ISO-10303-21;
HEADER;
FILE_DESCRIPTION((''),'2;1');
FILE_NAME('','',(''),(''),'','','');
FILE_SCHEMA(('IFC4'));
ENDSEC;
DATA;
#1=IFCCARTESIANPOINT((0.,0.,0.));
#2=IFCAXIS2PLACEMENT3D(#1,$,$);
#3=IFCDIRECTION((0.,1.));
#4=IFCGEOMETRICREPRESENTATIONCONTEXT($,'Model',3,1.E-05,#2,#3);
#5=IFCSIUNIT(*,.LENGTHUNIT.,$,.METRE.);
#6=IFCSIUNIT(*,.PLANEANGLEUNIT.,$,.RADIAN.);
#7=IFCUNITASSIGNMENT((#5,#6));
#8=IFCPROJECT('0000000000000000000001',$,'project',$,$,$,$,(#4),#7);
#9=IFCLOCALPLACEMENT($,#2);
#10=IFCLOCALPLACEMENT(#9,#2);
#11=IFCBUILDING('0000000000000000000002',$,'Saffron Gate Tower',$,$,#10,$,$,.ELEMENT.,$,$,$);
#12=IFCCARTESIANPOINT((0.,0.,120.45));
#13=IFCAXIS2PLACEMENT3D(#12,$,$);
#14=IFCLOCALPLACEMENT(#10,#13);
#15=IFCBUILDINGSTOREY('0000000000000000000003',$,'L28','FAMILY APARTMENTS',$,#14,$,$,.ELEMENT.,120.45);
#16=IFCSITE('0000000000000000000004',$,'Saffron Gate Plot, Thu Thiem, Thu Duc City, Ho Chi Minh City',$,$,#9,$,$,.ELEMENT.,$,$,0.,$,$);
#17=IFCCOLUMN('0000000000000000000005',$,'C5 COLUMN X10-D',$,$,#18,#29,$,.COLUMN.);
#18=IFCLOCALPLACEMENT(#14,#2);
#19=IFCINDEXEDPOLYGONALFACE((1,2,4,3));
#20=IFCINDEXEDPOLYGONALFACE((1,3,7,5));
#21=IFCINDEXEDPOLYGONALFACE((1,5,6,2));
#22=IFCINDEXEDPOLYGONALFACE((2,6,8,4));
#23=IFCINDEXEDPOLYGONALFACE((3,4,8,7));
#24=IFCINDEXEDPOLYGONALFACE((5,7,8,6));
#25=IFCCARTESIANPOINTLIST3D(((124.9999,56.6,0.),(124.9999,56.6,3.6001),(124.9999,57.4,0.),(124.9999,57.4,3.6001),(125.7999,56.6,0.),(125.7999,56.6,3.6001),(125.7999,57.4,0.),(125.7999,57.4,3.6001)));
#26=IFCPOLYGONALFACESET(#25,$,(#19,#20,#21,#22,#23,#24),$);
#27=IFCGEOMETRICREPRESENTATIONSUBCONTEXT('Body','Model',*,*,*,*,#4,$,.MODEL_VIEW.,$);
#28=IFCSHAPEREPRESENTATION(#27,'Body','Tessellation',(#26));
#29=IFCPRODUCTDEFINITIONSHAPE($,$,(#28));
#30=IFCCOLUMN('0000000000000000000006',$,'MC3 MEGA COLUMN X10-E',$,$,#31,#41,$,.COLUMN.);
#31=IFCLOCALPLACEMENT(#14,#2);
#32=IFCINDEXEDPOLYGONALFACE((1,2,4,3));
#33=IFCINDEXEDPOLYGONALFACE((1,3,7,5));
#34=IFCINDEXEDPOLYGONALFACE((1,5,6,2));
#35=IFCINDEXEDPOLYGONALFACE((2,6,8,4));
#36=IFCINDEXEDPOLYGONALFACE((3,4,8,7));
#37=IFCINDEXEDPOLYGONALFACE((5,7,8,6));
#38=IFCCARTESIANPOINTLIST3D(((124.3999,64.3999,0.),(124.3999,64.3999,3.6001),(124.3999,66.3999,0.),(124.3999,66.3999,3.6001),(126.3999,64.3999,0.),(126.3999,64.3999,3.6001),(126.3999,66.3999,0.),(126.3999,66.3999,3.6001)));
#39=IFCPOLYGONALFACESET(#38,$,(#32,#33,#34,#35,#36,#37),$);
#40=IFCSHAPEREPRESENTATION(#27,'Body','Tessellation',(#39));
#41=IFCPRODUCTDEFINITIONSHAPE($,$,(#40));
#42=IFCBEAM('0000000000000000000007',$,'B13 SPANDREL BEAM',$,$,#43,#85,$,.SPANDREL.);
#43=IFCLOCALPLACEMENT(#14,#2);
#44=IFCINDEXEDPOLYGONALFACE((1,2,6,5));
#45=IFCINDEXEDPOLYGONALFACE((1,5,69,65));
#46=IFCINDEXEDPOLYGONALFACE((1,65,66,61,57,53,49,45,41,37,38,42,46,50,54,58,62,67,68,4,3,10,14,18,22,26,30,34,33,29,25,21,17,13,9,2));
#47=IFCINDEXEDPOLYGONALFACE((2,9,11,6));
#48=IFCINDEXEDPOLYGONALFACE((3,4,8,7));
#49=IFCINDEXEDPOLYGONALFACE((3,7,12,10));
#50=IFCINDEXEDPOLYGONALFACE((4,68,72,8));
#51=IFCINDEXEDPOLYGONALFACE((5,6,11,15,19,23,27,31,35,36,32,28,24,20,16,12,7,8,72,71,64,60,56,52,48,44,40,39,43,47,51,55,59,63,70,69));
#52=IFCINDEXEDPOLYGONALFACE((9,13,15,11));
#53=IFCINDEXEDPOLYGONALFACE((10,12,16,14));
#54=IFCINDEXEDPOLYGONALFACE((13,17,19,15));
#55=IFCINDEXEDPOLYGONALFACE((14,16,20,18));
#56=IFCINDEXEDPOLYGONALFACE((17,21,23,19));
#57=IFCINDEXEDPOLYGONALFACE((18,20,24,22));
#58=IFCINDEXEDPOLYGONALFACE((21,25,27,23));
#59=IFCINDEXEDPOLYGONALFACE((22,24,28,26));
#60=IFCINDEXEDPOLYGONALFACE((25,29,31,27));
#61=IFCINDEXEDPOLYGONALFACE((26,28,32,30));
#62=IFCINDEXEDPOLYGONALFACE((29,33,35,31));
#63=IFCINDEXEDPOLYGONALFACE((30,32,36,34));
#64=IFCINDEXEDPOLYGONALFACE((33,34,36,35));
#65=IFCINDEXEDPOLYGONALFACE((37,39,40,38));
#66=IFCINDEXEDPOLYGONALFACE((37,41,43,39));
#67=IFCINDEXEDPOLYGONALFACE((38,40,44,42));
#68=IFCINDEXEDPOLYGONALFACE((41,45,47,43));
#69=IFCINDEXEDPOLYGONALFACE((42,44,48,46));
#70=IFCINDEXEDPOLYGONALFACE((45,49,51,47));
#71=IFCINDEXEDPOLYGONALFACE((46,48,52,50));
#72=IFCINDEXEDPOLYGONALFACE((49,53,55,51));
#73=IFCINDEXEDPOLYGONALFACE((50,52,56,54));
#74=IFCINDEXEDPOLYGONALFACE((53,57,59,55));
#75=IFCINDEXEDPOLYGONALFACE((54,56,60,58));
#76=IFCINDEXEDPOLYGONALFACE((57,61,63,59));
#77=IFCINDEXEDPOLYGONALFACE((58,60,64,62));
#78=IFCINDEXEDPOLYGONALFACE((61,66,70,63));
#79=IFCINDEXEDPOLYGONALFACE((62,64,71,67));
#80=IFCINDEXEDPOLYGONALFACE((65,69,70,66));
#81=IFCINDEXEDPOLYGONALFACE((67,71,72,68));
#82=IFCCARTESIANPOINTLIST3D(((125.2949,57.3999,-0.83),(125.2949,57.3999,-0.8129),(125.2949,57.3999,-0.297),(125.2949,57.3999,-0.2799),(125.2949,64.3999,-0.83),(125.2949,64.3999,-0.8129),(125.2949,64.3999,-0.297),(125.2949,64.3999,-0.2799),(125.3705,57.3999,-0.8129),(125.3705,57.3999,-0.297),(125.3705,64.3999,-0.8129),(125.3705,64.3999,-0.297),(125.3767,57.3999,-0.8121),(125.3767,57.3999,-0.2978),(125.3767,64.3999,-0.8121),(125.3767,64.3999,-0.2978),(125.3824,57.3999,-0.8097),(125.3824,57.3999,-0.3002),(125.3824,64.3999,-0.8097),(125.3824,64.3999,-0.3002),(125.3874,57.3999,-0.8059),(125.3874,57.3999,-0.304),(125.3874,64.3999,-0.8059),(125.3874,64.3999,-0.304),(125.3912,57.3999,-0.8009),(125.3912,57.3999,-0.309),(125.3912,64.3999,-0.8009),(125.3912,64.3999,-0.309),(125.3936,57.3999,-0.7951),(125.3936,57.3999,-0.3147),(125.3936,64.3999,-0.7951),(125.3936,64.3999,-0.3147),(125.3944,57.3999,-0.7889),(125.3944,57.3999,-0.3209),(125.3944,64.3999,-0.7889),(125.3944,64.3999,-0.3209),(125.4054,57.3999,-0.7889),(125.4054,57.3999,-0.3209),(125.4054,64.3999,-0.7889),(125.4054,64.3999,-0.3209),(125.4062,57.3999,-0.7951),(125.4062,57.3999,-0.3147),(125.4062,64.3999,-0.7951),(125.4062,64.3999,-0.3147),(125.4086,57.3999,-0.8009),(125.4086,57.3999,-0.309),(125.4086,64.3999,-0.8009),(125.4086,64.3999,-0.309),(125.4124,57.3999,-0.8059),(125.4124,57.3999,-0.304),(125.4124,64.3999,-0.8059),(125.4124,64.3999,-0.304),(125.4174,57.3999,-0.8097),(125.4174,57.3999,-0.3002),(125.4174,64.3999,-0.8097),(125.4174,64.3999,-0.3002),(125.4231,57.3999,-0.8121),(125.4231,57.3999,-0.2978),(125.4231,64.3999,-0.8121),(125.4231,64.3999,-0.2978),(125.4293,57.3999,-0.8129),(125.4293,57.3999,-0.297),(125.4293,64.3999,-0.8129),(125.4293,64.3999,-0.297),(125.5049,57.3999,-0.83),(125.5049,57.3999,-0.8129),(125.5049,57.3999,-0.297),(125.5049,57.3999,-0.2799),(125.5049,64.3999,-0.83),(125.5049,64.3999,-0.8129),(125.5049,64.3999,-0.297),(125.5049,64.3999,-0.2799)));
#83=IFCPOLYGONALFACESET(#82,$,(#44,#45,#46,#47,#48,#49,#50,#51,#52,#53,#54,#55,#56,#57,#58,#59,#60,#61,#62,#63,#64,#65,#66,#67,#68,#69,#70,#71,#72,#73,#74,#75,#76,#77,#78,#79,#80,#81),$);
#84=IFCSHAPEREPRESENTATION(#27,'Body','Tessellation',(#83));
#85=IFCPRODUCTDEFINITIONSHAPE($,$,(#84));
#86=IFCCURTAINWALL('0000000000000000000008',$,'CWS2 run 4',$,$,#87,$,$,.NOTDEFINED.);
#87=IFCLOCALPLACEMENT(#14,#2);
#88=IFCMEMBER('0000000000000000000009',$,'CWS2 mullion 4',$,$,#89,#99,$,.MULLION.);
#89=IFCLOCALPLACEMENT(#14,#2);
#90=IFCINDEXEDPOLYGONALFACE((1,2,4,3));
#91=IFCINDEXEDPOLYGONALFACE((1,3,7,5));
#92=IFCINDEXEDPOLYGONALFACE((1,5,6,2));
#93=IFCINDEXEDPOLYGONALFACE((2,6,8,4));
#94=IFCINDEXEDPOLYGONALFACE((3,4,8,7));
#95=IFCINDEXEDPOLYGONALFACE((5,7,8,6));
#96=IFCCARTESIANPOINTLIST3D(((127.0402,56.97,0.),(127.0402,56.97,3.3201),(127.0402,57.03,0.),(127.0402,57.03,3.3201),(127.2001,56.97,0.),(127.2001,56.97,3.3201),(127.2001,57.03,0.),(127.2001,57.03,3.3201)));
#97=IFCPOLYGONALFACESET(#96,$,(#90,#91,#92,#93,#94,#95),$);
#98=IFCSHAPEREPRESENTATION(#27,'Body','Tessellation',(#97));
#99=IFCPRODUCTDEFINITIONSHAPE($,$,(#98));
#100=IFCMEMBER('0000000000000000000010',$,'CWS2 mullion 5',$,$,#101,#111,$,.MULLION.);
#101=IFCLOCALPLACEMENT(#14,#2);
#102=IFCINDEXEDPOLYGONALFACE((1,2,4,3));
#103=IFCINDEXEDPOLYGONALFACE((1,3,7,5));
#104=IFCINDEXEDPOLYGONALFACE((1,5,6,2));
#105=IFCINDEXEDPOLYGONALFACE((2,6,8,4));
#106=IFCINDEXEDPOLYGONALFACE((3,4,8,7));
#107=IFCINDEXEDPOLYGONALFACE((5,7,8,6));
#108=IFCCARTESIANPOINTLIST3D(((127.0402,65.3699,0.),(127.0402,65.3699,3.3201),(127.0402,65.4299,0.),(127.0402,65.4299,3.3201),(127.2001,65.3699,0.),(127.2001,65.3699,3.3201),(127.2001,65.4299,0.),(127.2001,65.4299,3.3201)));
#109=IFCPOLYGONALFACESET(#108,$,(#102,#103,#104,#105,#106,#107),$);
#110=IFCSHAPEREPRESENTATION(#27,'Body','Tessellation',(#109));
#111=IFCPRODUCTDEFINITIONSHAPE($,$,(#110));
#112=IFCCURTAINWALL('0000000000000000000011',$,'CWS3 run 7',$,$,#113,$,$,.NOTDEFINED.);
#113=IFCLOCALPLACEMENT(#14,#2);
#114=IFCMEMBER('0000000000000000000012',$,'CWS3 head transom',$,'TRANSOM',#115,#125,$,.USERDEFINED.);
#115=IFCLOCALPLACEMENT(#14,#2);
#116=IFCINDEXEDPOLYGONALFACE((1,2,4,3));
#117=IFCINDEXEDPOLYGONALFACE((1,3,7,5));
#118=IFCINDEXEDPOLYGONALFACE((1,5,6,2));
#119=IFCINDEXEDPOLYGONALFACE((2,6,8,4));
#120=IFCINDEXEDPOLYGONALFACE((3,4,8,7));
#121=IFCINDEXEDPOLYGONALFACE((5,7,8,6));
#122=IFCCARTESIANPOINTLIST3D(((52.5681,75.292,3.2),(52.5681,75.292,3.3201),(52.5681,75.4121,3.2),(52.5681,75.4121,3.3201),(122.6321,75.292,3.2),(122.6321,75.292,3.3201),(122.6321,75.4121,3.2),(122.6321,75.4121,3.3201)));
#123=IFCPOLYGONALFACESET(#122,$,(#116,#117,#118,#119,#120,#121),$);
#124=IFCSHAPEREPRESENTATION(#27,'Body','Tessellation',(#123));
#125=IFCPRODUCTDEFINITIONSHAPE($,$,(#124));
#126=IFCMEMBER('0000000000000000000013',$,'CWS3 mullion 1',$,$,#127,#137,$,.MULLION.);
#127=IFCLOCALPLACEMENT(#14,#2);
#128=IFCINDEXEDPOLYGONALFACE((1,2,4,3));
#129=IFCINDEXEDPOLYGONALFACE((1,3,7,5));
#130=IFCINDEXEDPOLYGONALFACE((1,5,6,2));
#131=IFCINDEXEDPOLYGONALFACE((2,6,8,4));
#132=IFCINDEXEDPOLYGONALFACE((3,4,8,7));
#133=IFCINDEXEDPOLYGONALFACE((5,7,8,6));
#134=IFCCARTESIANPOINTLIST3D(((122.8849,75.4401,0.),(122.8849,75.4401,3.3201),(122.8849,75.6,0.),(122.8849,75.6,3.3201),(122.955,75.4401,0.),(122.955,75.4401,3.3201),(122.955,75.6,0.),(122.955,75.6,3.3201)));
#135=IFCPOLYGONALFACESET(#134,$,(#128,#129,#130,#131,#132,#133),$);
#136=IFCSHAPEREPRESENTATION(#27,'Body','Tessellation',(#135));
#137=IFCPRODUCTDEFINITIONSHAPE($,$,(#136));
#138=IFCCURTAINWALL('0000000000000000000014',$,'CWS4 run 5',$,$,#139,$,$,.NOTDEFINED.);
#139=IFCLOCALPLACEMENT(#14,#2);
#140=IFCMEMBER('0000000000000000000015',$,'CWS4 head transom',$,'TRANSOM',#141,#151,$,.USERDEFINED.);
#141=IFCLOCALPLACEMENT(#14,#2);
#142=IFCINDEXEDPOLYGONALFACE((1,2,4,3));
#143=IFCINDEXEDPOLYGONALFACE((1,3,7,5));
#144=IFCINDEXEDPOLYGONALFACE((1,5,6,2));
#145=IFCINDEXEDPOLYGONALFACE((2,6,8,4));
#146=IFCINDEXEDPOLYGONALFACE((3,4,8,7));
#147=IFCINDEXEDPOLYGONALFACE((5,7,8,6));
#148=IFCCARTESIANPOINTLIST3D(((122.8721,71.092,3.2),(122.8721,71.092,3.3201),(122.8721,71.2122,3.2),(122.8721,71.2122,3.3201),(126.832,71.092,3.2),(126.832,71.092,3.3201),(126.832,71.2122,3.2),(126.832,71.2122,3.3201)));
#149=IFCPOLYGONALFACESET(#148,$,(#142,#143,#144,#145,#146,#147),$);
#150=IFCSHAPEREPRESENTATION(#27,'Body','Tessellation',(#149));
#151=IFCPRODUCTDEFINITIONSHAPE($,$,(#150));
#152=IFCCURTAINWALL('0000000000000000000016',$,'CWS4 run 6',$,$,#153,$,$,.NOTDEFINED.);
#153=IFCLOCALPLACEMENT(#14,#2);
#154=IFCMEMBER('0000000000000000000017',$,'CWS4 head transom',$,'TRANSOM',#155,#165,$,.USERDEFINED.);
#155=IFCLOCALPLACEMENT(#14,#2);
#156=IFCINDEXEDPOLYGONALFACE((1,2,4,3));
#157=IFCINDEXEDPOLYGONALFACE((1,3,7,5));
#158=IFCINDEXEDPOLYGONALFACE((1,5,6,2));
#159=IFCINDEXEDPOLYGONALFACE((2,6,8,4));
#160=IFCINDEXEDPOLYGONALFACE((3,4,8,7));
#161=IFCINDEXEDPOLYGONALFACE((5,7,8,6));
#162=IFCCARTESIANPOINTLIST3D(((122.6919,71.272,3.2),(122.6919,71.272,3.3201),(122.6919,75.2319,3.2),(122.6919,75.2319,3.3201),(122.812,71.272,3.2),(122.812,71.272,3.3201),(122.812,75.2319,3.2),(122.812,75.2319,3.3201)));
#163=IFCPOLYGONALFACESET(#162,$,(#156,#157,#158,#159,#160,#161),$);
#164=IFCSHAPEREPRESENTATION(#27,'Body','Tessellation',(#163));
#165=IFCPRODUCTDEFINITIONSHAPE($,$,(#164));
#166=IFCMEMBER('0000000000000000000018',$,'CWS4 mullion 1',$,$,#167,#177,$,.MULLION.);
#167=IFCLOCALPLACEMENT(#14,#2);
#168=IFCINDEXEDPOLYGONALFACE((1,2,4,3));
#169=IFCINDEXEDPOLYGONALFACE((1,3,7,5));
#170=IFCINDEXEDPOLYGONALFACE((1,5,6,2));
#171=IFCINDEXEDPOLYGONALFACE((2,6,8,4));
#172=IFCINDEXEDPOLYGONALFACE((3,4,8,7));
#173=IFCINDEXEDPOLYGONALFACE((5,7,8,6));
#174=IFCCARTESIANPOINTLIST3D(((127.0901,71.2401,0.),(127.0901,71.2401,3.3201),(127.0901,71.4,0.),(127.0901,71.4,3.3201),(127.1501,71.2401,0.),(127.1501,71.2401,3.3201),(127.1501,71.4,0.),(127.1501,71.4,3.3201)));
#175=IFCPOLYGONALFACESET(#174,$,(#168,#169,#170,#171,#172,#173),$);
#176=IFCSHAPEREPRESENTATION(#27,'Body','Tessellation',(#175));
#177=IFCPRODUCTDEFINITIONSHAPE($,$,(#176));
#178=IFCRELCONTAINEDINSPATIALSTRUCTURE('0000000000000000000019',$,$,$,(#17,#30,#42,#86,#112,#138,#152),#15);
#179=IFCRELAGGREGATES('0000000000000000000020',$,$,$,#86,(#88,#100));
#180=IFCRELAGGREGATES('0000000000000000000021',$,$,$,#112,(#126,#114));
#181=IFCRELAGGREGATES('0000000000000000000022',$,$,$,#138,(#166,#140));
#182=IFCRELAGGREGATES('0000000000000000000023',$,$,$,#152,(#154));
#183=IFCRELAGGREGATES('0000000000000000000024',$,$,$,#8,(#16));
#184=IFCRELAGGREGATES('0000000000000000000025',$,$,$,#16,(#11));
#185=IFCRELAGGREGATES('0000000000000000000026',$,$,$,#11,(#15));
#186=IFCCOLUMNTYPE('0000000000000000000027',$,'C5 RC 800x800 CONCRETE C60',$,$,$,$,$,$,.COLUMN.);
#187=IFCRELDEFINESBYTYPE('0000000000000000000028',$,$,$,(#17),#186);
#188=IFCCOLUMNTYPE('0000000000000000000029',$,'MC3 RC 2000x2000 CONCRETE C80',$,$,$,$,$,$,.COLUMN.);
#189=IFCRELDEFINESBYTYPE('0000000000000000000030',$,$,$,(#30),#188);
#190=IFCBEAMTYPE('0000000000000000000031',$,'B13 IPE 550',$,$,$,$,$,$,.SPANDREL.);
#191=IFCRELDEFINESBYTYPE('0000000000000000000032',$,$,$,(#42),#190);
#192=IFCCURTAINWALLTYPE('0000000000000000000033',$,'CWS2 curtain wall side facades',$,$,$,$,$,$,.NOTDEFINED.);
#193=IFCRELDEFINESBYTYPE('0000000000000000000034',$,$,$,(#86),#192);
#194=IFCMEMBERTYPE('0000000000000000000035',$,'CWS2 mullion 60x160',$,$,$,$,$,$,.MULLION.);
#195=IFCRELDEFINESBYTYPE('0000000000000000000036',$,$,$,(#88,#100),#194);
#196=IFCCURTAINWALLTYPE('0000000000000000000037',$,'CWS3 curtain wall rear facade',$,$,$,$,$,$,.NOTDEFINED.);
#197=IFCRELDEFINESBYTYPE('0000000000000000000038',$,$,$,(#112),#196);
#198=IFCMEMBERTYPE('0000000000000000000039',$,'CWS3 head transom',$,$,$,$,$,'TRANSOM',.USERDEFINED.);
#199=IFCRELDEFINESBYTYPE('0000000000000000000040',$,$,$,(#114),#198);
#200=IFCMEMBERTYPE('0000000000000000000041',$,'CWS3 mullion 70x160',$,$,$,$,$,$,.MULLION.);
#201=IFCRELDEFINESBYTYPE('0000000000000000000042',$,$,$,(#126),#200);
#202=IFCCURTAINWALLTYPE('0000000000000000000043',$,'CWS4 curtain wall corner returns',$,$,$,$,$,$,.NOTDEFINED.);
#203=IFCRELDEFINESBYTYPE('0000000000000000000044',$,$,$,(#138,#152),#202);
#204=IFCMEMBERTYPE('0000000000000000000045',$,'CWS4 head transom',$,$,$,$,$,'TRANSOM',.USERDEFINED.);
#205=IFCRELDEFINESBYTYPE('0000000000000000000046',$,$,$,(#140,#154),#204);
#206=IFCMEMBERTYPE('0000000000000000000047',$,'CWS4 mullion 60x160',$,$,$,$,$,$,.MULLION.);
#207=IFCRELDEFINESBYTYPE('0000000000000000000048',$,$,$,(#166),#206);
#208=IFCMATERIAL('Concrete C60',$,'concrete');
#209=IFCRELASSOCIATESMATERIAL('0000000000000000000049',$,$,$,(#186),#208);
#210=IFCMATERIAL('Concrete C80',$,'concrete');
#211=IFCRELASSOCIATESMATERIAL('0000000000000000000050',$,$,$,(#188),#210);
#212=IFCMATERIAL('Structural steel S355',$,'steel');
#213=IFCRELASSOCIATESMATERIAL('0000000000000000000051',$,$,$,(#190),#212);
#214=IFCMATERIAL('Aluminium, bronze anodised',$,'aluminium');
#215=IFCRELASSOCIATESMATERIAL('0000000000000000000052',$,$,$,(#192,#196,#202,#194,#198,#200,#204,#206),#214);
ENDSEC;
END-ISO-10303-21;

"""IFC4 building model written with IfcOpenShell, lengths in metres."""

from ifc_helpers import new_model, si_unit, direction, frame, origin, origin_2d, place, context, subcontext, project, spatial, rectangle, i_section, extrude, material, material_profile, profile_set, type_object, element, aggregate, save


model = new_model("IFC4")

# Units and contexts
model_context = context("Model", 3, precision=1e-05, world=origin(), true_north=direction((0.0, 1.0)))
body_context = subcontext(model_context, "Body", "Model", "MODEL_VIEW")
ifc_project = project(units=[si_unit("LENGTHUNIT", "METRE"), si_unit("PLANEANGLEUNIT", "RADIAN")], contexts=[model_context])

# Site, building, storey
site_placement = place(None, origin())
site = spatial("IfcSite", under=ifc_project, at=site_placement, Name="Saffron Gate Plot, Thu Thiem, Thu Duc City, Ho Chi Minh City", CompositionType="ELEMENT", RefElevation=0.0)
building_placement = place(site_placement, origin())
building = spatial("IfcBuilding", under=site, at=building_placement, Name="Saffron Gate Tower", CompositionType="ELEMENT")
storey_placement = place(building_placement, frame((0.0, 0.0, 120.45)))
storey = spatial("IfcBuildingStorey", under=building, at=storey_placement, Name="L28", Description="FAMILY APARTMENTS", CompositionType="ELEMENT", Elevation=120.45)

# Columns
ifc_material_1 = material(Name="Concrete C60", Category="concrete")
ifc_material_profile_1 = material_profile(ifc_material_1, rectangle(XDim=0.8, YDim=0.8, at=origin_2d()))
ifc_profile_set_1 = profile_set([ifc_material_profile_1], Name="Concrete C60")
column_type_1 = type_object("IfcColumnType", Name="C5 RC 800x800 CONCRETE C60", PredefinedType="COLUMN", material=ifc_profile_set_1)
column_1_placement = place(storey_placement, frame((125.3999, 57.0, 0.0), z_axis=(0.0, 0.0, 1.0), x_axis=(1.0, 0.0, 0.0)))
element("IfcColumn", 1, at=column_1_placement, inside=storey, type_object=column_type_1, Name="C5 COLUMN X10-D", PredefinedType="COLUMN", context=body_context, shape_type="SweptSolid", body=[
    extrude(rectangle(XDim=0.8, YDim=0.8, at=origin_2d()), origin(), (0.0, 0.0, 1.0), 3.6001),
])
ifc_material_2 = material(Name="Concrete C80", Category="concrete")
ifc_material_profile_2 = material_profile(ifc_material_2, rectangle(XDim=2.0, YDim=2.0, at=origin_2d()))
ifc_profile_set_2 = profile_set([ifc_material_profile_2], Name="Concrete C80")
column_type_2 = type_object("IfcColumnType", Name="MC3 RC 2000x2000 CONCRETE C80", PredefinedType="COLUMN", material=ifc_profile_set_2)
column_2_placement = place(storey_placement, frame((125.3999, 65.3999, 0.0), z_axis=(0.0, 0.0, 1.0), x_axis=(1.0, 0.0, 0.0)))
element("IfcColumn", 2, at=column_2_placement, inside=storey, type_object=column_type_2, Name="MC3 MEGA COLUMN X10-E", PredefinedType="COLUMN", context=body_context, shape_type="SweptSolid", body=[
    extrude(rectangle(XDim=2.0, YDim=2.0, at=origin_2d()), origin(), (0.0, 0.0, 1.0), 3.6001),
])

# Beam
ifc_material_3 = material(Name="Structural steel S355", Category="steel")
ifc_material_profile_3 = material_profile(ifc_material_3, i_section(OverallWidth=0.21, OverallDepth=0.55, WebThickness=0.011, FlangeThickness=0.0171, FilletRadius=0.0239, at=origin_2d()))
ifc_profile_set_3 = profile_set([ifc_material_profile_3], Name="Structural steel S355")
beam_type = type_object("IfcBeamType", Name="B13 IPE 550", PredefinedType="SPANDREL", material=ifc_profile_set_3)
beam_placement = place(storey_placement, frame((125.3999, 57.3999, -0.5549), z_axis=(0.0, 1.0, 0.0), x_axis=(-1.0, 0.0, 0.0)))
element("IfcBeam", 3, at=beam_placement, inside=storey, type_object=beam_type, Name="B13 SPANDREL BEAM", PredefinedType="SPANDREL", context=body_context, shape_type="SweptSolid", body=[
    extrude(i_section(OverallWidth=0.21, OverallDepth=0.55, WebThickness=0.011, FlangeThickness=0.0171, FilletRadius=0.0239, at=origin_2d()), origin(), (0.0, 0.0, 1.0), 7.0),
])

# Curtain walls, members
ifc_material_4 = material(Name="Aluminium, bronze anodised", Category="aluminium")
curtain_wall_type_1 = type_object("IfcCurtainWallType", Name="CWS2 curtain wall side facades", PredefinedType="NOTDEFINED", material=ifc_material_4)
curtain_wall_1_placement = place(storey_placement, origin())
curtain_wall_1 = element("IfcCurtainWall", 4, at=curtain_wall_1_placement, inside=storey, type_object=curtain_wall_type_1, Name="CWS2 run 4", PredefinedType="NOTDEFINED")
ifc_material_profile_4 = material_profile(ifc_material_4, rectangle(XDim=0.1599, YDim=0.0601, at=origin_2d()))
ifc_profile_set_4 = profile_set([ifc_material_profile_4], Name="Aluminium, bronze anodised")
member_type_1 = type_object("IfcMemberType", Name="CWS2 mullion 60x160", PredefinedType="MULLION", material=ifc_profile_set_4)
member_1_placement = place(storey_placement, frame((127.1201, 57.0, 0.0), z_axis=(0.0, 0.0, 1.0), x_axis=(-1.0, 0.0, 0.0)))
member_1 = element("IfcMember", 5, at=member_1_placement, type_object=member_type_1, Name="CWS2 mullion 4", PredefinedType="MULLION", context=body_context, shape_type="SweptSolid", body=[
    extrude(rectangle(XDim=0.1599, YDim=0.0601, at=origin_2d()), origin(), (0.0, 0.0, 1.0), 3.3201),
])
member_2_placement = place(storey_placement, frame((127.1201, 65.3999, 0.0), z_axis=(0.0, 0.0, 1.0), x_axis=(-1.0, 0.0, 0.0)))
member_2 = element("IfcMember", 6, at=member_2_placement, type_object=member_type_1, Name="CWS2 mullion 5", PredefinedType="MULLION", context=body_context, shape_type="SweptSolid", body=[
    extrude(rectangle(XDim=0.1599, YDim=0.0601, at=origin_2d()), origin(), (0.0, 0.0, 1.0), 3.3201),
])
aggregate(curtain_wall_1, [member_1, member_2])
curtain_wall_type_2 = type_object("IfcCurtainWallType", Name="CWS3 curtain wall rear facade", PredefinedType="NOTDEFINED", material=ifc_material_4)
curtain_wall_2_placement = place(storey_placement, origin())
curtain_wall_2 = element("IfcCurtainWall", 7, at=curtain_wall_2_placement, inside=storey, type_object=curtain_wall_type_2, Name="CWS3 run 7", PredefinedType="NOTDEFINED")
ifc_material_profile_5 = material_profile(ifc_material_4, rectangle(XDim=0.1201, YDim=0.1201, at=origin_2d()))
ifc_profile_set_5 = profile_set([ifc_material_profile_5], Name="Aluminium, bronze anodised")
member_type_2 = type_object("IfcMemberType", Name="CWS3 head transom", ElementType="TRANSOM", PredefinedType="USERDEFINED", material=ifc_profile_set_5)
member_3_placement = place(storey_placement, frame((122.6321, 75.3521, 3.26), z_axis=(-1.0, 0.0, 0.0), x_axis=(0.0, -1.0, 0.0)))
member_3 = element("IfcMember", 8, at=member_3_placement, type_object=member_type_2, Name="CWS3 head transom", ObjectType="TRANSOM", PredefinedType="USERDEFINED", context=body_context, shape_type="SweptSolid", body=[
    extrude(rectangle(XDim=0.1201, YDim=0.1201, at=origin_2d()), origin(), (0.0, 0.0, 1.0), 70.064),
])
ifc_material_profile_6 = material_profile(ifc_material_4, rectangle(XDim=0.1599, YDim=0.0701, at=origin_2d()))
ifc_profile_set_6 = profile_set([ifc_material_profile_6], Name="Aluminium, bronze anodised")
member_type_3 = type_object("IfcMemberType", Name="CWS3 mullion 70x160", PredefinedType="MULLION", material=ifc_profile_set_6)
member_4_placement = place(storey_placement, frame((122.9199, 75.52, 0.0), z_axis=(0.0, 0.0, 1.0), x_axis=(0.0, -1.0, 0.0)))
member_4 = element("IfcMember", 9, at=member_4_placement, type_object=member_type_3, Name="CWS3 mullion 1", PredefinedType="MULLION", context=body_context, shape_type="SweptSolid", body=[
    extrude(rectangle(XDim=0.1599, YDim=0.0701, at=origin_2d()), origin(), (0.0, 0.0, 1.0), 3.3201),
])

# Curtain walls, members
curtain_wall_type_3 = type_object("IfcCurtainWallType", Name="CWS4 curtain wall corner returns", PredefinedType="NOTDEFINED", material=ifc_material_4)
curtain_wall_3_placement = place(storey_placement, origin())
curtain_wall_3 = element("IfcCurtainWall", 10, at=curtain_wall_3_placement, inside=storey, type_object=curtain_wall_type_3, Name="CWS4 run 5", PredefinedType="NOTDEFINED")
ifc_material_profile_7 = material_profile(ifc_material_4, rectangle(XDim=0.1201, YDim=0.1201, at=origin_2d()))
ifc_profile_set_7 = profile_set([ifc_material_profile_7], Name="Aluminium, bronze anodised")
member_type_4 = type_object("IfcMemberType", Name="CWS4 head transom", ElementType="TRANSOM", PredefinedType="USERDEFINED", material=ifc_profile_set_7)
member_5_placement = place(storey_placement, frame((126.832, 71.1521, 3.26), z_axis=(-1.0, 0.0, 0.0), x_axis=(0.0, -1.0, 0.0)))
member_5 = element("IfcMember", 11, at=member_5_placement, type_object=member_type_4, Name="CWS4 head transom", ObjectType="TRANSOM", PredefinedType="USERDEFINED", context=body_context, shape_type="SweptSolid", body=[
    extrude(rectangle(XDim=0.1201, YDim=0.1201, at=origin_2d()), origin(), (0.0, 0.0, 1.0), 3.96),
])
curtain_wall_4_placement = place(storey_placement, origin())
curtain_wall_4 = element("IfcCurtainWall", 12, at=curtain_wall_4_placement, inside=storey, type_object=curtain_wall_type_3, Name="CWS4 run 6", PredefinedType="NOTDEFINED")
member_6_placement = place(storey_placement, frame((122.752, 71.272, 3.26), z_axis=(0.0, 1.0, 0.0), x_axis=(-1.0, 0.0, 0.0)))
member_6 = element("IfcMember", 13, at=member_6_placement, type_object=member_type_4, Name="CWS4 head transom", ObjectType="TRANSOM", PredefinedType="USERDEFINED", context=body_context, shape_type="SweptSolid", body=[
    extrude(rectangle(XDim=0.1201, YDim=0.1201, at=origin_2d()), origin(), (0.0, 0.0, 1.0), 3.96),
])

# Member
ifc_material_profile_8 = material_profile(ifc_material_4, rectangle(XDim=0.1599, YDim=0.0601, at=origin_2d()))
ifc_profile_set_8 = profile_set([ifc_material_profile_8], Name="Aluminium, bronze anodised")
member_type_5 = type_object("IfcMemberType", Name="CWS4 mullion 60x160", PredefinedType="MULLION", material=ifc_profile_set_8)
member_7_placement = place(storey_placement, frame((127.1201, 71.3201, 0.0), z_axis=(0.0, 0.0, 1.0), x_axis=(0.0, -1.0, 0.0)))
member_7 = element("IfcMember", 14, at=member_7_placement, type_object=member_type_5, Name="CWS4 mullion 1", PredefinedType="MULLION", context=body_context, shape_type="SweptSolid", body=[
    extrude(rectangle(XDim=0.1599, YDim=0.0601, at=origin_2d()), origin(), (0.0, 0.0, 1.0), 3.3201),
])

aggregate(curtain_wall_2, [member_4, member_3])

aggregate(curtain_wall_3, [member_7, member_5])
aggregate(curtain_wall_4, [member_6])

save(model, "model.ifc")
